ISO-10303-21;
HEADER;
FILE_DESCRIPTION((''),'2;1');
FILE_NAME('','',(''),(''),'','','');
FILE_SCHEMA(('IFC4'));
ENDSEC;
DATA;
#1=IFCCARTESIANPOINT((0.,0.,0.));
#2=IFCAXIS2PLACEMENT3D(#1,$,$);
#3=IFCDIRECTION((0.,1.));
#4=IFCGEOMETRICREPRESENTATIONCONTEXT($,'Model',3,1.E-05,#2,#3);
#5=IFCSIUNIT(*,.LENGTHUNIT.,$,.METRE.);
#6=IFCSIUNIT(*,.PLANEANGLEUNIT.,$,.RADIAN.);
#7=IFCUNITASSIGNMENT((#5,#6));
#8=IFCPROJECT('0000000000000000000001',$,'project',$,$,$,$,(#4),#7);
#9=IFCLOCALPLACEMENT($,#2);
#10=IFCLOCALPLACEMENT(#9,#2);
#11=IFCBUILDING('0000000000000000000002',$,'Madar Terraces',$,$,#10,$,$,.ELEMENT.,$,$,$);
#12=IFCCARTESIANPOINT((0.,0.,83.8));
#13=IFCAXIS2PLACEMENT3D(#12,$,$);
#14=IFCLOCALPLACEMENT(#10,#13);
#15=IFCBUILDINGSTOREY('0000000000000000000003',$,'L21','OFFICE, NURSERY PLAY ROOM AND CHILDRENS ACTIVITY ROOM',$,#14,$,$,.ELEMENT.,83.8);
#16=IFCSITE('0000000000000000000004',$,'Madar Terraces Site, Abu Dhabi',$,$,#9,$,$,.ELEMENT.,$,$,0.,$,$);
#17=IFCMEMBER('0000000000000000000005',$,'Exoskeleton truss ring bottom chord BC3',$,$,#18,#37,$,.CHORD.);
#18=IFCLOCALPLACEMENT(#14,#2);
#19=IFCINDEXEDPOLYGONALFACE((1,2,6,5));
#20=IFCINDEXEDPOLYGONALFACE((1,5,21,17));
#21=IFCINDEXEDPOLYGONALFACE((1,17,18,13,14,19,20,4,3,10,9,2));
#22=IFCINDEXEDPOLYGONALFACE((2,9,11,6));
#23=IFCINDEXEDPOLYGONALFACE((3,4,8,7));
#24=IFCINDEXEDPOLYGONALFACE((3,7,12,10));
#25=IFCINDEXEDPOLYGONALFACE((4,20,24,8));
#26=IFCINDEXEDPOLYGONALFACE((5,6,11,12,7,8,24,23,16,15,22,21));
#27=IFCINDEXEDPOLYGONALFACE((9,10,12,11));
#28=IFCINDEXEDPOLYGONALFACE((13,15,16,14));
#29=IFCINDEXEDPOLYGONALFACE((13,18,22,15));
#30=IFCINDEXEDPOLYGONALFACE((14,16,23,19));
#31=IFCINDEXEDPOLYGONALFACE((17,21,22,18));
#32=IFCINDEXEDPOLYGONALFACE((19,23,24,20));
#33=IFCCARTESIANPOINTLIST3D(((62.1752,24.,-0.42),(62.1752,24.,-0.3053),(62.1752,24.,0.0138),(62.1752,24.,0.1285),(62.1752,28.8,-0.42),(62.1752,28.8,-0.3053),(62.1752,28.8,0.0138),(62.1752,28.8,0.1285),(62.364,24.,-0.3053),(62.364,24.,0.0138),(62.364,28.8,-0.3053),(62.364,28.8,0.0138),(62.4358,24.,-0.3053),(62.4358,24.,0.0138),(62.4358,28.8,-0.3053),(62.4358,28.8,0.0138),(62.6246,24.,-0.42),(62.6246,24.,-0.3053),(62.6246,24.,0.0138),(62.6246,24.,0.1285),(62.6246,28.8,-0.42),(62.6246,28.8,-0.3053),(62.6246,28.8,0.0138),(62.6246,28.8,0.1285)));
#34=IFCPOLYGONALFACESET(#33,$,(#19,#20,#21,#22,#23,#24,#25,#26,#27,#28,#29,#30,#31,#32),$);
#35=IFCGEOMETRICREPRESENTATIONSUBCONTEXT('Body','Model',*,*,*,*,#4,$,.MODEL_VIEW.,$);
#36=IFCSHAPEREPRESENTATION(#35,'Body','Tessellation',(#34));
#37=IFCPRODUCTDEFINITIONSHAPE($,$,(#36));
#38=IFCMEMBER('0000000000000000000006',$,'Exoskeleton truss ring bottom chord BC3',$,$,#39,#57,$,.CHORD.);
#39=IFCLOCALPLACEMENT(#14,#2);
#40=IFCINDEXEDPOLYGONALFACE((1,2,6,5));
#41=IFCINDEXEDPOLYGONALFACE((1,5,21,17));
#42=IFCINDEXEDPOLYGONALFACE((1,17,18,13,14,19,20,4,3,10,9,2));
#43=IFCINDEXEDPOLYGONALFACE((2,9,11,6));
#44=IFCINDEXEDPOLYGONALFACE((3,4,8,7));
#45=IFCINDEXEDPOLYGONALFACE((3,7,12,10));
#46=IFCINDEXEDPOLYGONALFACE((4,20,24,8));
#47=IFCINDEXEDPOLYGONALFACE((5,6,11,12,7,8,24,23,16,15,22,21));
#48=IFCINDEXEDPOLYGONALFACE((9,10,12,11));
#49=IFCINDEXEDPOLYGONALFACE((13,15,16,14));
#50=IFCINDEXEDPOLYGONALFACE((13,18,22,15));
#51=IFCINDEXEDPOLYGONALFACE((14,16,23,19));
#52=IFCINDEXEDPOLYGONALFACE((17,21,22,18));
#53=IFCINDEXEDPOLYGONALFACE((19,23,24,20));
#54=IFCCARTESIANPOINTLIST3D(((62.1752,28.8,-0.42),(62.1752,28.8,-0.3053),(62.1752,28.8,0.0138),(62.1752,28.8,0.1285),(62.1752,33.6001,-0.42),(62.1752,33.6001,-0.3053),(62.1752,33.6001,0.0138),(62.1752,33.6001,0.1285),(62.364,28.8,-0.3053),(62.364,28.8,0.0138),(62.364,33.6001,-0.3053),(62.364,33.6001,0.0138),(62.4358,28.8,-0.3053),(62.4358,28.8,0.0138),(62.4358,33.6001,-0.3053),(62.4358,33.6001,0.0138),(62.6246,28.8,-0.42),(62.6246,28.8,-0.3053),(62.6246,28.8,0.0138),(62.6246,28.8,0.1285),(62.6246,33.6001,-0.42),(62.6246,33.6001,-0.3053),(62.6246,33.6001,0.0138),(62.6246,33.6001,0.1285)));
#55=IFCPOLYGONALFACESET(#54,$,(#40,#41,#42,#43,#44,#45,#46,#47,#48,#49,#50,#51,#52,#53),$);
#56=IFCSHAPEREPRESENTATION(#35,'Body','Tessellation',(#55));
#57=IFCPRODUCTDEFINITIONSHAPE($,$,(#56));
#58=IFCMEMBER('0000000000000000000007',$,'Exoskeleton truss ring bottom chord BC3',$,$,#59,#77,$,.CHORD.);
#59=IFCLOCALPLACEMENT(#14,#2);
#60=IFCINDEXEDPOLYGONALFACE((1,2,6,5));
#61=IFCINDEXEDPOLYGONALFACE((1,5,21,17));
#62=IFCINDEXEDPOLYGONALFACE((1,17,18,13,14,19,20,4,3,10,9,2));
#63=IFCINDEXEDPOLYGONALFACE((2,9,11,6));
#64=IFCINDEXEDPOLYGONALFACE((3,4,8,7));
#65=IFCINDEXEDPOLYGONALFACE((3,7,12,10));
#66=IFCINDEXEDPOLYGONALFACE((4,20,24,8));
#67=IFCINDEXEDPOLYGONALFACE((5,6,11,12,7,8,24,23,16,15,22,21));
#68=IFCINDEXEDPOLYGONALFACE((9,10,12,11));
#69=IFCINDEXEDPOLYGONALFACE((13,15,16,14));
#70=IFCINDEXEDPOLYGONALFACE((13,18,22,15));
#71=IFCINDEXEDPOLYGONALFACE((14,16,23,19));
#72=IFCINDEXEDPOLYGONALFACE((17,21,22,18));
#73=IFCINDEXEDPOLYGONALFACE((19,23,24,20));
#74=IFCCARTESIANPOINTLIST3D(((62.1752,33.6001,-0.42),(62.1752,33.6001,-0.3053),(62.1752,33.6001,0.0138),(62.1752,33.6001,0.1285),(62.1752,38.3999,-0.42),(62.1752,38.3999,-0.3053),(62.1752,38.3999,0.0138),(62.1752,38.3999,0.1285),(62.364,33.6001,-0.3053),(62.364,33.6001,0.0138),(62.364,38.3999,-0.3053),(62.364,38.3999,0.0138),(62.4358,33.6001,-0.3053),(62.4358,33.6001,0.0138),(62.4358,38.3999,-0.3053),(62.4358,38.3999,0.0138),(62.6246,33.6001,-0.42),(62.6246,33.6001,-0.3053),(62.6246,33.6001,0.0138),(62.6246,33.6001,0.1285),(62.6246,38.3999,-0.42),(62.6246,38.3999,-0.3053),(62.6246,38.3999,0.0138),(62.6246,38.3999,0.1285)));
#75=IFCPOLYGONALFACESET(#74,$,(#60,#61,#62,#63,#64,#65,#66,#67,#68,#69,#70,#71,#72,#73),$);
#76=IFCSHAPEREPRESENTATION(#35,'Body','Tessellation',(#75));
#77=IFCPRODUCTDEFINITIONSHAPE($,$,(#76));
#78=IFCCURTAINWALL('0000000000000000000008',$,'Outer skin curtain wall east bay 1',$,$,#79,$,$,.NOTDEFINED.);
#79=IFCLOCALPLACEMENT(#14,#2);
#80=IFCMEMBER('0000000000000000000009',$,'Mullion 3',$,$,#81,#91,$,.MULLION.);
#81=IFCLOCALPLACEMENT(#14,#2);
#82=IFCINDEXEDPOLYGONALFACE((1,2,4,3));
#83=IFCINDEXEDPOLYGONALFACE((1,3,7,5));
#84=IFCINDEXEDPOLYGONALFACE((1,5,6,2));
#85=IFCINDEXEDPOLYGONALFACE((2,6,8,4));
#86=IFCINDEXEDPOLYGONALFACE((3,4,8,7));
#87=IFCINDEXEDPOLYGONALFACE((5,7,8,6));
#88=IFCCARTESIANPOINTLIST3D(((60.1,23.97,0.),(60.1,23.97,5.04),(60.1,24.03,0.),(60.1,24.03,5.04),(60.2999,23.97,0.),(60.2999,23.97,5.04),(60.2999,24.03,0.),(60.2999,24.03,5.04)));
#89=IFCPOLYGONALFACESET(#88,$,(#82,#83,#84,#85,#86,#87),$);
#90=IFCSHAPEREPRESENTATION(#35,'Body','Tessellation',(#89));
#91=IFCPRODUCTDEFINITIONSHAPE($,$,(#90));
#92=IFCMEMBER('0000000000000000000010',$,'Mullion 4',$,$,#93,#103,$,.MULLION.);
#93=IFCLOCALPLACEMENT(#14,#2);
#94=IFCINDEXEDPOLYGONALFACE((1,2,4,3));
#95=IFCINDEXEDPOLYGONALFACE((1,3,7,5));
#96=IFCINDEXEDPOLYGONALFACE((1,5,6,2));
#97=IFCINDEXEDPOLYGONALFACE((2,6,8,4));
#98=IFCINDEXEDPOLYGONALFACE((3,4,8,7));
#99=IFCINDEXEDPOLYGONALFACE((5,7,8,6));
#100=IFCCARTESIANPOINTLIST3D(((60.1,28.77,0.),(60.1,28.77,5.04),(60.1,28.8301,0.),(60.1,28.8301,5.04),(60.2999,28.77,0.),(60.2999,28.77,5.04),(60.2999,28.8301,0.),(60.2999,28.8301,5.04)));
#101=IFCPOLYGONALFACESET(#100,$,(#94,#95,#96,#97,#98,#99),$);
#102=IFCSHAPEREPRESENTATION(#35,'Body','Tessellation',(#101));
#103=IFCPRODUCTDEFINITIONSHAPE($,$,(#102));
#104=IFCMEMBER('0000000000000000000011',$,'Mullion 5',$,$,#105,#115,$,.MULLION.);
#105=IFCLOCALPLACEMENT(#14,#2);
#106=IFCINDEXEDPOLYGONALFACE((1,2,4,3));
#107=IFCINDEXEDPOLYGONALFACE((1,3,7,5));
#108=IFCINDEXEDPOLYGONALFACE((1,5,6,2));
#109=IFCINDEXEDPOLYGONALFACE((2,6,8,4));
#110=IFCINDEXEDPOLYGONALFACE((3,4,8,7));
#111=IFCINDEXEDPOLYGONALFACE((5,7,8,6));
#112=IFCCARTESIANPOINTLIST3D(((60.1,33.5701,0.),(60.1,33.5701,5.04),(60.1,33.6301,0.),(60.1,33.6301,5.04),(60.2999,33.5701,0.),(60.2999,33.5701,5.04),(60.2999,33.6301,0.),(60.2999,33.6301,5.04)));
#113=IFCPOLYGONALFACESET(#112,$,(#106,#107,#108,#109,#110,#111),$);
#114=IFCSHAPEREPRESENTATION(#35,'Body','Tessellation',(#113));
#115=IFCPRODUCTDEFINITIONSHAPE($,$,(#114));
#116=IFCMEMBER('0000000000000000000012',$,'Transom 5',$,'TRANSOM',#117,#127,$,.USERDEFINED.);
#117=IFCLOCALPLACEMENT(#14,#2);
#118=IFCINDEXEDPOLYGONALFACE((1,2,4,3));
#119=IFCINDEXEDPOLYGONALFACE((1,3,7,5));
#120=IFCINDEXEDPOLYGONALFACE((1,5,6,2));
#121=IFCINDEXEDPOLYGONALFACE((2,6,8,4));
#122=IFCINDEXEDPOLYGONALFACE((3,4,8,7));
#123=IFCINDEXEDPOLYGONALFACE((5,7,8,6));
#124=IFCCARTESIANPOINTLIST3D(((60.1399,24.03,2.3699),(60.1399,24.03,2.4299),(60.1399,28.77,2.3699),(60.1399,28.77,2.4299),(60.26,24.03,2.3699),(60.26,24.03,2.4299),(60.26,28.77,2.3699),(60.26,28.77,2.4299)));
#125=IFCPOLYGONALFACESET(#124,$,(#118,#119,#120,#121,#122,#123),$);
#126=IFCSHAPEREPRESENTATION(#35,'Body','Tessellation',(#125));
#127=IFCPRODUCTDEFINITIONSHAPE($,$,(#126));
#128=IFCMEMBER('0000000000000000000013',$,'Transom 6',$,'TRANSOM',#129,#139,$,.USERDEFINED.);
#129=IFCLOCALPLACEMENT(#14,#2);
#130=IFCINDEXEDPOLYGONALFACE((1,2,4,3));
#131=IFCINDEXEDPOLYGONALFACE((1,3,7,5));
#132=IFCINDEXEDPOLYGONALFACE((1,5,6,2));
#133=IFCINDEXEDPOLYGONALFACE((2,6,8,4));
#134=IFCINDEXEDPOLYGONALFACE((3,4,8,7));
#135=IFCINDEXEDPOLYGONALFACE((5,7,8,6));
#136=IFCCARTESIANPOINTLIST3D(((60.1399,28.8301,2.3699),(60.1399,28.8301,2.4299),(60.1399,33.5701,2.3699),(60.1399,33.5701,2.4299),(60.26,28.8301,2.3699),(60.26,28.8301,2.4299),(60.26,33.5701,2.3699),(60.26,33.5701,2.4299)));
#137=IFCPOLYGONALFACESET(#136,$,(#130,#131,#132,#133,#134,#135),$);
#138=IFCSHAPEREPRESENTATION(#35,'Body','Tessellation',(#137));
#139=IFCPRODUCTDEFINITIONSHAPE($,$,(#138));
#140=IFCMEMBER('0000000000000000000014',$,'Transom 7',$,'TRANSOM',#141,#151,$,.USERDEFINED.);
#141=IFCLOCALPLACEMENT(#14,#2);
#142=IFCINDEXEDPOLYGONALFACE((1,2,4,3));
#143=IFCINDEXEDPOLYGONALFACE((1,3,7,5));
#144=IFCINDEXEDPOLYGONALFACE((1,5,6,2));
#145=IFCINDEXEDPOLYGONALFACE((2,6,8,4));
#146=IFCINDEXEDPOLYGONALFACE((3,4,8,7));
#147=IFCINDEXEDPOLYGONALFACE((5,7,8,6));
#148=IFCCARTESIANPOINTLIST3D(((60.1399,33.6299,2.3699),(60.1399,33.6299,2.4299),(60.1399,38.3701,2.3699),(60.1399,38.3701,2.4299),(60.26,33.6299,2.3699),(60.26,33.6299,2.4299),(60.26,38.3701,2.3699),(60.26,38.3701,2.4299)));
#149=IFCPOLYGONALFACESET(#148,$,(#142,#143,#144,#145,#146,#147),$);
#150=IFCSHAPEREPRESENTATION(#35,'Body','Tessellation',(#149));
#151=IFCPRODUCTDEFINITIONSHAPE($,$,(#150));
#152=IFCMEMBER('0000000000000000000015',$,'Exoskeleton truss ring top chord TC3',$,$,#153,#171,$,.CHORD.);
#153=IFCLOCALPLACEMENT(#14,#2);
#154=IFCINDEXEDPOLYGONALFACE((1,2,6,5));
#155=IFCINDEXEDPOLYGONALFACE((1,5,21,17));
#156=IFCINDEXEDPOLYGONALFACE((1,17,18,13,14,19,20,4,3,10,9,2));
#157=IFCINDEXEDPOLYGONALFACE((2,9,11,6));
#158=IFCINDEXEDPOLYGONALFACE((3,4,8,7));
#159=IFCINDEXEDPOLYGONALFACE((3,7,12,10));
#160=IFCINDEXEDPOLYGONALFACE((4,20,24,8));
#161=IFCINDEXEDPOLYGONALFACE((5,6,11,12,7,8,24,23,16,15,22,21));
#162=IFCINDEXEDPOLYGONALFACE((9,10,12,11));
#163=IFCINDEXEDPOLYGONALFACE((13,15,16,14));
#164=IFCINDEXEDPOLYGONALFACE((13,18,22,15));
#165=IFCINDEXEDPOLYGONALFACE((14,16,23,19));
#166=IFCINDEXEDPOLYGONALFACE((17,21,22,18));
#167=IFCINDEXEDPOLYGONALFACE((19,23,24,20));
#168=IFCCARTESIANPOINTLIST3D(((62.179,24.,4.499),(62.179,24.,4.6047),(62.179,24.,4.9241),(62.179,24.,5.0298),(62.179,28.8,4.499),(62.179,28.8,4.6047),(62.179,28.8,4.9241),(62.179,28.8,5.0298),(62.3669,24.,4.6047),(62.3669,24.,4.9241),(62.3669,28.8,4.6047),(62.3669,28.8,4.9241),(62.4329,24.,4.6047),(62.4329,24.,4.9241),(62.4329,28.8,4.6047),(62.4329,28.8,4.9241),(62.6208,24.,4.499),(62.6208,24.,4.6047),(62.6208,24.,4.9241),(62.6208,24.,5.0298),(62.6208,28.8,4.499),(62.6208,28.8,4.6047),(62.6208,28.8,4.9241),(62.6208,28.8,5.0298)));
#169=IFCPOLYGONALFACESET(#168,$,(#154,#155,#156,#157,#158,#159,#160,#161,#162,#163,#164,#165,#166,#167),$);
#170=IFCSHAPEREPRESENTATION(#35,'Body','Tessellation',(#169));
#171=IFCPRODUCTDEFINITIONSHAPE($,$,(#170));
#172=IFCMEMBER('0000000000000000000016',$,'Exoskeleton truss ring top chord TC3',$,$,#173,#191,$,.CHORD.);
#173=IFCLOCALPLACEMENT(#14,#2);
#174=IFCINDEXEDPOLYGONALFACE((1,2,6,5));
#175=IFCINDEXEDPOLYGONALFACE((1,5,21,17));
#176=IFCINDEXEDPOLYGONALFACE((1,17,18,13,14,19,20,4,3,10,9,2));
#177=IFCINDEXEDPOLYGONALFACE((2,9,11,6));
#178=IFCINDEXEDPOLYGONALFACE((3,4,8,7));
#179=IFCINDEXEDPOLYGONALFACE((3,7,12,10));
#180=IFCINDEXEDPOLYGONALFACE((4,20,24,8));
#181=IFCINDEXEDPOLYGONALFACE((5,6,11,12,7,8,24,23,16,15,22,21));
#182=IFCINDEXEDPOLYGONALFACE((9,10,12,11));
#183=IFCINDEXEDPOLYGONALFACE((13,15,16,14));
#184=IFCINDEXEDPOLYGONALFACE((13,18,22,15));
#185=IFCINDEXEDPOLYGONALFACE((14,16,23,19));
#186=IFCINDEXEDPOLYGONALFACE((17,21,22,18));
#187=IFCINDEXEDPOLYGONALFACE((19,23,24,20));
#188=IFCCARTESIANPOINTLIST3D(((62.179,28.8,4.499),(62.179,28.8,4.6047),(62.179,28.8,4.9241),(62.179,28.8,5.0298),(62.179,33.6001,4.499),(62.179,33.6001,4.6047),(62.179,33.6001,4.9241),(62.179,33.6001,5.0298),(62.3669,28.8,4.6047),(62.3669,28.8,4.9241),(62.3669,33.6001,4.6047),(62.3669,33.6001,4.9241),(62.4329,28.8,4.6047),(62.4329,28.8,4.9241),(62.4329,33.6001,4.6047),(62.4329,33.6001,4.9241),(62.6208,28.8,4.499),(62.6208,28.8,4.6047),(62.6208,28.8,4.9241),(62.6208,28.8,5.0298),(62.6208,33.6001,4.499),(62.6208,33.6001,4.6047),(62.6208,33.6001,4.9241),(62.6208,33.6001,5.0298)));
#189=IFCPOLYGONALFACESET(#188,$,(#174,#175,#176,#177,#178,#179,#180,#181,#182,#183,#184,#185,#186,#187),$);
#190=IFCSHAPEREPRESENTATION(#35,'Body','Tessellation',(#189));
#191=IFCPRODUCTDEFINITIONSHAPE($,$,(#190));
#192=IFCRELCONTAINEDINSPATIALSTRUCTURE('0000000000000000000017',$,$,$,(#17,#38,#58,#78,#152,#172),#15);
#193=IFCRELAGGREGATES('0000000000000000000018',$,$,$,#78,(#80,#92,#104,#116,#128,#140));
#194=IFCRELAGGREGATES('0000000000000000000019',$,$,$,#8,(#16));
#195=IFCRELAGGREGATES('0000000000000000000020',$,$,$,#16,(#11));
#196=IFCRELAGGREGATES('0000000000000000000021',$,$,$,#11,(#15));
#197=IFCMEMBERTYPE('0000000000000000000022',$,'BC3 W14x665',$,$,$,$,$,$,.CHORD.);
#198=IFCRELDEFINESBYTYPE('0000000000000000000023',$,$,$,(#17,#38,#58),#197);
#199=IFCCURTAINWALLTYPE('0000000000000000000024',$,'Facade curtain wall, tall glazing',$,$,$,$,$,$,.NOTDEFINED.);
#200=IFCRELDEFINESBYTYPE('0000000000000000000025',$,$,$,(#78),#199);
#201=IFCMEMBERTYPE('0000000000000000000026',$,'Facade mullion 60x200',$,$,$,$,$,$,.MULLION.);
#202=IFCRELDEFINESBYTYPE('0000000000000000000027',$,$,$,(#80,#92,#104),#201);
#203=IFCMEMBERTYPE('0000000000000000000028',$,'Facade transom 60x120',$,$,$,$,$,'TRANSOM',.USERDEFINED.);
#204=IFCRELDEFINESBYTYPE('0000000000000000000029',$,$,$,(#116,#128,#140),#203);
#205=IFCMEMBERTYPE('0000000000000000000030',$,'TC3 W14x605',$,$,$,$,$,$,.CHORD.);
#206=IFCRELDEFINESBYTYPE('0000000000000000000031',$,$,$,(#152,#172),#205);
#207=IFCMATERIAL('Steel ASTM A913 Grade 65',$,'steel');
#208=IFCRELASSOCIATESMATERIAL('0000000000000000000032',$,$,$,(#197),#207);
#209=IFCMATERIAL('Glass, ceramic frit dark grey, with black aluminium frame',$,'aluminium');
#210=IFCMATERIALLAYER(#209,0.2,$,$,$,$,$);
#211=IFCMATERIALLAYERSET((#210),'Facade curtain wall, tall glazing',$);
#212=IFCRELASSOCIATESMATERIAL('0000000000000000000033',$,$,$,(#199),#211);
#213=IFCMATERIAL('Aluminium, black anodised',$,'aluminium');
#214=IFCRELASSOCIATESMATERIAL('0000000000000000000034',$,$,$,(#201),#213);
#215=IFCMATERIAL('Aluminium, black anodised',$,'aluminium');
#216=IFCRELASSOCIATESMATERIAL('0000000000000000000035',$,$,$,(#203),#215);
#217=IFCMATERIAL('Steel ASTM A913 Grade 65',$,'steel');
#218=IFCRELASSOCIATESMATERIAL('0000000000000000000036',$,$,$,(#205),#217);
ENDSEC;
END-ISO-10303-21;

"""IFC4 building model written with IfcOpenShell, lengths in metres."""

from ifc_helpers import new_model, si_unit, direction, frame, origin, origin_2d, place, context, subcontext, project, spatial, rectangle, i_section, extrude, material, layer, layer_set, material_profile, profile_set, type_object, element, aggregate, save


model = new_model("IFC4")

# Units and contexts
model_context = context("Model", 3, precision=1e-05, world=origin(), true_north=direction((0.0, 1.0)))
body_context = subcontext(model_context, "Body", "Model", "MODEL_VIEW")
ifc_project = project(units=[si_unit("LENGTHUNIT", "METRE"), si_unit("PLANEANGLEUNIT", "RADIAN")], contexts=[model_context])

# Site, building, storey
site_placement = place(None, origin())
site = spatial("IfcSite", under=ifc_project, at=site_placement, Name="Madar Terraces Site, Abu Dhabi", CompositionType="ELEMENT", RefElevation=0.0)
building_placement = place(site_placement, origin())
building = spatial("IfcBuilding", under=site, at=building_placement, Name="Madar Terraces", CompositionType="ELEMENT")
storey_placement = place(building_placement, frame((0.0, 0.0, 83.8)))
storey = spatial("IfcBuildingStorey", under=building, at=storey_placement, Name="L21", Description="OFFICE, NURSERY PLAY ROOM AND CHILDRENS ACTIVITY ROOM", CompositionType="ELEMENT", Elevation=83.8)

# Members
ifc_material_1 = material(Name="Steel ASTM A913 Grade 65", Category="steel")
ifc_material_profile_1 = material_profile(ifc_material_1, i_section(OverallWidth=0.4495, OverallDepth=0.5486, WebThickness=0.0718, FlangeThickness=0.1147, at=origin_2d()), Name="W14x665")
ifc_profile_set_1 = profile_set([ifc_material_profile_1], Name="Steel ASTM A913 Grade 65")
member_type_1 = type_object("IfcMemberType", Name="BC3 W14x665", PredefinedType="CHORD", material=ifc_profile_set_1)
for number, where, z_axis, x_axis, name in (
    (1, (62.3999, 24.0, -0.1458), (0.0, 1.0, 0.0), (-1.0, 0.0, 0.0), "Exoskeleton truss ring bottom chord BC3"),
    (2, (62.3999, 28.8, -0.1458), (0.0, 1.0, 0.0), (-1.0, 0.0, 0.0), "Exoskeleton truss ring bottom chord BC3"),
):
    element("IfcMember", number, at=place(storey_placement, frame(where, z_axis=z_axis, x_axis=x_axis)), inside=storey, type_object=member_type_1, Name=name, PredefinedType="CHORD", context=body_context, shape_type="SweptSolid", body=[
        extrude(i_section(OverallWidth=0.4495, OverallDepth=0.5486, WebThickness=0.0718, FlangeThickness=0.1147, at=origin_2d()), origin(), (0.0, 0.0, 1.0), 4.8),
    ])
member_1_placement = place(storey_placement, frame((62.3999, 33.6001, -0.1458), z_axis=(0.0, 1.0, 0.0), x_axis=(-1.0, 0.0, 0.0)))
element("IfcMember", 3, at=member_1_placement, inside=storey, type_object=member_type_1, Name="Exoskeleton truss ring bottom chord BC3", PredefinedType="CHORD", context=body_context, shape_type="SweptSolid", body=[
    extrude(i_section(OverallWidth=0.4495, OverallDepth=0.5486, WebThickness=0.0718, FlangeThickness=0.1147, at=origin_2d()), origin(), (0.0, 0.0, 1.0), 4.7998),
])

# Curtain wall, members
ifc_material_2 = material(Name="Glass, ceramic frit dark grey, with black aluminium frame", Category="aluminium")
ifc_layer_1 = layer(ifc_material_2, 0.2)
ifc_layer_set_1 = layer_set([ifc_layer_1], Name="Facade curtain wall, tall glazing")
curtain_wall_type = type_object("IfcCurtainWallType", Name="Facade curtain wall, tall glazing", PredefinedType="NOTDEFINED", material=ifc_layer_set_1)
curtain_wall_placement = place(storey_placement, origin())
curtain_wall = element("IfcCurtainWall", 4, at=curtain_wall_placement, inside=storey, type_object=curtain_wall_type, Name="Outer skin curtain wall east bay 1", PredefinedType="NOTDEFINED")
ifc_material_3 = material(Name="Aluminium, black anodised", Category="aluminium")
ifc_material_profile_2 = material_profile(ifc_material_3, rectangle(XDim=0.2, YDim=0.0601, at=origin_2d()), Name="Facade mullion 60x200")
ifc_profile_set_2 = profile_set([ifc_material_profile_2], Name="Aluminium, black anodised")
member_type_2 = type_object("IfcMemberType", Name="Facade mullion 60x200", PredefinedType="MULLION", material=ifc_profile_set_2)
member_2_placement = place(storey_placement, frame((60.2, 24.0, 0.0), z_axis=(0.0, 0.0, 1.0), x_axis=(-1.0, 0.0, 0.0)))
member_2 = element("IfcMember", 5, at=member_2_placement, type_object=member_type_2, Name="Mullion 3", PredefinedType="MULLION", context=body_context, shape_type="SweptSolid", body=[
    extrude(rectangle(XDim=0.2, YDim=0.0601, at=origin_2d()), origin(), (0.0, 0.0, 1.0), 5.04),
])
member_3_placement = place(storey_placement, frame((60.2, 28.8, 0.0), z_axis=(0.0, 0.0, 1.0), x_axis=(-1.0, 0.0, 0.0)))
member_3 = element("IfcMember", 6, at=member_3_placement, type_object=member_type_2, Name="Mullion 4", PredefinedType="MULLION", context=body_context, shape_type="SweptSolid", body=[
    extrude(rectangle(XDim=0.2, YDim=0.0601, at=origin_2d()), origin(), (0.0, 0.0, 1.0), 5.04),
])
member_4_placement = place(storey_placement, frame((60.2, 33.6001, 0.0), z_axis=(0.0, 0.0, 1.0), x_axis=(-1.0, 0.0, 0.0)))
member_4 = element("IfcMember", 7, at=member_4_placement, type_object=member_type_2, Name="Mullion 5", PredefinedType="MULLION", context=body_context, shape_type="SweptSolid", body=[
    extrude(rectangle(XDim=0.2, YDim=0.0601, at=origin_2d()), origin(), (0.0, 0.0, 1.0), 5.04),
])
ifc_material_4 = material(Name="Aluminium, black anodised", Category="aluminium")
ifc_material_profile_3 = material_profile(ifc_material_4, rectangle(XDim=0.1201, YDim=0.0601, at=origin_2d()), Name="Facade transom 60x120")
ifc_profile_set_3 = profile_set([ifc_material_profile_3], Name="Aluminium, black anodised")
member_type_3 = type_object("IfcMemberType", Name="Facade transom 60x120", ElementType="TRANSOM", PredefinedType="USERDEFINED", material=ifc_profile_set_3)
member_5_placement = place(storey_placement, frame((60.2, 24.03, 2.3999), z_axis=(0.0, 1.0, 0.0), x_axis=(-1.0, 0.0, 0.0)))
member_5 = element("IfcMember", 8, at=member_5_placement, type_object=member_type_3, Name="Transom 5", ObjectType="TRANSOM", PredefinedType="USERDEFINED", context=body_context, shape_type="SweptSolid", body=[
    extrude(rectangle(XDim=0.1201, YDim=0.0601, at=origin_2d()), origin(), (0.0, 0.0, 1.0), 4.74),
])
member_6_placement = place(storey_placement, frame((60.2, 28.8301, 2.3999), z_axis=(0.0, 1.0, 0.0), x_axis=(-1.0, 0.0, 0.0)))
member_6 = element("IfcMember", 9, at=member_6_placement, type_object=member_type_3, Name="Transom 6", ObjectType="TRANSOM", PredefinedType="USERDEFINED", context=body_context, shape_type="SweptSolid", body=[
    extrude(rectangle(XDim=0.1201, YDim=0.0601, at=origin_2d()), origin(), (0.0, 0.0, 1.0), 4.74),
])
member_7_placement = place(storey_placement, frame((60.2, 33.6299, 2.3999), z_axis=(0.0, 1.0, 0.0), x_axis=(-1.0, 0.0, 0.0)))
member_7 = element("IfcMember", 10, at=member_7_placement, type_object=member_type_3, Name="Transom 7", ObjectType="TRANSOM", PredefinedType="USERDEFINED", context=body_context, shape_type="SweptSolid", body=[
    extrude(rectangle(XDim=0.1201, YDim=0.0601, at=origin_2d()), origin(), (0.0, 0.0, 1.0), 4.7402),
])

# Members
ifc_material_5 = material(Name="Steel ASTM A913 Grade 65", Category="steel")
ifc_material_profile_4 = material_profile(ifc_material_5, i_section(OverallWidth=0.4419, OverallDepth=0.5308, WebThickness=0.0659, FlangeThickness=0.1057, at=origin_2d()), Name="W14x605")
ifc_profile_set_4 = profile_set([ifc_material_profile_4], Name="Steel ASTM A913 Grade 65")
member_type_4 = type_object("IfcMemberType", Name="TC3 W14x605", PredefinedType="CHORD", material=ifc_profile_set_4)
for number, where, z_axis, x_axis, name in (
    (11, (62.3999, 24.0, 4.7644), (0.0, 1.0, 0.0), (-1.0, 0.0, 0.0), "Exoskeleton truss ring top chord TC3"),
    (12, (62.3999, 28.8, 4.7644), (0.0, 1.0, 0.0), (-1.0, 0.0, 0.0), "Exoskeleton truss ring top chord TC3"),
):
    element("IfcMember", number, at=place(storey_placement, frame(where, z_axis=z_axis, x_axis=x_axis)), inside=storey, type_object=member_type_4, Name=name, PredefinedType="CHORD", context=body_context, shape_type="SweptSolid", body=[
        extrude(i_section(OverallWidth=0.4419, OverallDepth=0.5308, WebThickness=0.0659, FlangeThickness=0.1057, at=origin_2d()), origin(), (0.0, 0.0, 1.0), 4.8),
    ])

aggregate(curtain_wall, [member_2, member_3, member_4, member_5, member_6, member_7])

save(model, "model.ifc")
